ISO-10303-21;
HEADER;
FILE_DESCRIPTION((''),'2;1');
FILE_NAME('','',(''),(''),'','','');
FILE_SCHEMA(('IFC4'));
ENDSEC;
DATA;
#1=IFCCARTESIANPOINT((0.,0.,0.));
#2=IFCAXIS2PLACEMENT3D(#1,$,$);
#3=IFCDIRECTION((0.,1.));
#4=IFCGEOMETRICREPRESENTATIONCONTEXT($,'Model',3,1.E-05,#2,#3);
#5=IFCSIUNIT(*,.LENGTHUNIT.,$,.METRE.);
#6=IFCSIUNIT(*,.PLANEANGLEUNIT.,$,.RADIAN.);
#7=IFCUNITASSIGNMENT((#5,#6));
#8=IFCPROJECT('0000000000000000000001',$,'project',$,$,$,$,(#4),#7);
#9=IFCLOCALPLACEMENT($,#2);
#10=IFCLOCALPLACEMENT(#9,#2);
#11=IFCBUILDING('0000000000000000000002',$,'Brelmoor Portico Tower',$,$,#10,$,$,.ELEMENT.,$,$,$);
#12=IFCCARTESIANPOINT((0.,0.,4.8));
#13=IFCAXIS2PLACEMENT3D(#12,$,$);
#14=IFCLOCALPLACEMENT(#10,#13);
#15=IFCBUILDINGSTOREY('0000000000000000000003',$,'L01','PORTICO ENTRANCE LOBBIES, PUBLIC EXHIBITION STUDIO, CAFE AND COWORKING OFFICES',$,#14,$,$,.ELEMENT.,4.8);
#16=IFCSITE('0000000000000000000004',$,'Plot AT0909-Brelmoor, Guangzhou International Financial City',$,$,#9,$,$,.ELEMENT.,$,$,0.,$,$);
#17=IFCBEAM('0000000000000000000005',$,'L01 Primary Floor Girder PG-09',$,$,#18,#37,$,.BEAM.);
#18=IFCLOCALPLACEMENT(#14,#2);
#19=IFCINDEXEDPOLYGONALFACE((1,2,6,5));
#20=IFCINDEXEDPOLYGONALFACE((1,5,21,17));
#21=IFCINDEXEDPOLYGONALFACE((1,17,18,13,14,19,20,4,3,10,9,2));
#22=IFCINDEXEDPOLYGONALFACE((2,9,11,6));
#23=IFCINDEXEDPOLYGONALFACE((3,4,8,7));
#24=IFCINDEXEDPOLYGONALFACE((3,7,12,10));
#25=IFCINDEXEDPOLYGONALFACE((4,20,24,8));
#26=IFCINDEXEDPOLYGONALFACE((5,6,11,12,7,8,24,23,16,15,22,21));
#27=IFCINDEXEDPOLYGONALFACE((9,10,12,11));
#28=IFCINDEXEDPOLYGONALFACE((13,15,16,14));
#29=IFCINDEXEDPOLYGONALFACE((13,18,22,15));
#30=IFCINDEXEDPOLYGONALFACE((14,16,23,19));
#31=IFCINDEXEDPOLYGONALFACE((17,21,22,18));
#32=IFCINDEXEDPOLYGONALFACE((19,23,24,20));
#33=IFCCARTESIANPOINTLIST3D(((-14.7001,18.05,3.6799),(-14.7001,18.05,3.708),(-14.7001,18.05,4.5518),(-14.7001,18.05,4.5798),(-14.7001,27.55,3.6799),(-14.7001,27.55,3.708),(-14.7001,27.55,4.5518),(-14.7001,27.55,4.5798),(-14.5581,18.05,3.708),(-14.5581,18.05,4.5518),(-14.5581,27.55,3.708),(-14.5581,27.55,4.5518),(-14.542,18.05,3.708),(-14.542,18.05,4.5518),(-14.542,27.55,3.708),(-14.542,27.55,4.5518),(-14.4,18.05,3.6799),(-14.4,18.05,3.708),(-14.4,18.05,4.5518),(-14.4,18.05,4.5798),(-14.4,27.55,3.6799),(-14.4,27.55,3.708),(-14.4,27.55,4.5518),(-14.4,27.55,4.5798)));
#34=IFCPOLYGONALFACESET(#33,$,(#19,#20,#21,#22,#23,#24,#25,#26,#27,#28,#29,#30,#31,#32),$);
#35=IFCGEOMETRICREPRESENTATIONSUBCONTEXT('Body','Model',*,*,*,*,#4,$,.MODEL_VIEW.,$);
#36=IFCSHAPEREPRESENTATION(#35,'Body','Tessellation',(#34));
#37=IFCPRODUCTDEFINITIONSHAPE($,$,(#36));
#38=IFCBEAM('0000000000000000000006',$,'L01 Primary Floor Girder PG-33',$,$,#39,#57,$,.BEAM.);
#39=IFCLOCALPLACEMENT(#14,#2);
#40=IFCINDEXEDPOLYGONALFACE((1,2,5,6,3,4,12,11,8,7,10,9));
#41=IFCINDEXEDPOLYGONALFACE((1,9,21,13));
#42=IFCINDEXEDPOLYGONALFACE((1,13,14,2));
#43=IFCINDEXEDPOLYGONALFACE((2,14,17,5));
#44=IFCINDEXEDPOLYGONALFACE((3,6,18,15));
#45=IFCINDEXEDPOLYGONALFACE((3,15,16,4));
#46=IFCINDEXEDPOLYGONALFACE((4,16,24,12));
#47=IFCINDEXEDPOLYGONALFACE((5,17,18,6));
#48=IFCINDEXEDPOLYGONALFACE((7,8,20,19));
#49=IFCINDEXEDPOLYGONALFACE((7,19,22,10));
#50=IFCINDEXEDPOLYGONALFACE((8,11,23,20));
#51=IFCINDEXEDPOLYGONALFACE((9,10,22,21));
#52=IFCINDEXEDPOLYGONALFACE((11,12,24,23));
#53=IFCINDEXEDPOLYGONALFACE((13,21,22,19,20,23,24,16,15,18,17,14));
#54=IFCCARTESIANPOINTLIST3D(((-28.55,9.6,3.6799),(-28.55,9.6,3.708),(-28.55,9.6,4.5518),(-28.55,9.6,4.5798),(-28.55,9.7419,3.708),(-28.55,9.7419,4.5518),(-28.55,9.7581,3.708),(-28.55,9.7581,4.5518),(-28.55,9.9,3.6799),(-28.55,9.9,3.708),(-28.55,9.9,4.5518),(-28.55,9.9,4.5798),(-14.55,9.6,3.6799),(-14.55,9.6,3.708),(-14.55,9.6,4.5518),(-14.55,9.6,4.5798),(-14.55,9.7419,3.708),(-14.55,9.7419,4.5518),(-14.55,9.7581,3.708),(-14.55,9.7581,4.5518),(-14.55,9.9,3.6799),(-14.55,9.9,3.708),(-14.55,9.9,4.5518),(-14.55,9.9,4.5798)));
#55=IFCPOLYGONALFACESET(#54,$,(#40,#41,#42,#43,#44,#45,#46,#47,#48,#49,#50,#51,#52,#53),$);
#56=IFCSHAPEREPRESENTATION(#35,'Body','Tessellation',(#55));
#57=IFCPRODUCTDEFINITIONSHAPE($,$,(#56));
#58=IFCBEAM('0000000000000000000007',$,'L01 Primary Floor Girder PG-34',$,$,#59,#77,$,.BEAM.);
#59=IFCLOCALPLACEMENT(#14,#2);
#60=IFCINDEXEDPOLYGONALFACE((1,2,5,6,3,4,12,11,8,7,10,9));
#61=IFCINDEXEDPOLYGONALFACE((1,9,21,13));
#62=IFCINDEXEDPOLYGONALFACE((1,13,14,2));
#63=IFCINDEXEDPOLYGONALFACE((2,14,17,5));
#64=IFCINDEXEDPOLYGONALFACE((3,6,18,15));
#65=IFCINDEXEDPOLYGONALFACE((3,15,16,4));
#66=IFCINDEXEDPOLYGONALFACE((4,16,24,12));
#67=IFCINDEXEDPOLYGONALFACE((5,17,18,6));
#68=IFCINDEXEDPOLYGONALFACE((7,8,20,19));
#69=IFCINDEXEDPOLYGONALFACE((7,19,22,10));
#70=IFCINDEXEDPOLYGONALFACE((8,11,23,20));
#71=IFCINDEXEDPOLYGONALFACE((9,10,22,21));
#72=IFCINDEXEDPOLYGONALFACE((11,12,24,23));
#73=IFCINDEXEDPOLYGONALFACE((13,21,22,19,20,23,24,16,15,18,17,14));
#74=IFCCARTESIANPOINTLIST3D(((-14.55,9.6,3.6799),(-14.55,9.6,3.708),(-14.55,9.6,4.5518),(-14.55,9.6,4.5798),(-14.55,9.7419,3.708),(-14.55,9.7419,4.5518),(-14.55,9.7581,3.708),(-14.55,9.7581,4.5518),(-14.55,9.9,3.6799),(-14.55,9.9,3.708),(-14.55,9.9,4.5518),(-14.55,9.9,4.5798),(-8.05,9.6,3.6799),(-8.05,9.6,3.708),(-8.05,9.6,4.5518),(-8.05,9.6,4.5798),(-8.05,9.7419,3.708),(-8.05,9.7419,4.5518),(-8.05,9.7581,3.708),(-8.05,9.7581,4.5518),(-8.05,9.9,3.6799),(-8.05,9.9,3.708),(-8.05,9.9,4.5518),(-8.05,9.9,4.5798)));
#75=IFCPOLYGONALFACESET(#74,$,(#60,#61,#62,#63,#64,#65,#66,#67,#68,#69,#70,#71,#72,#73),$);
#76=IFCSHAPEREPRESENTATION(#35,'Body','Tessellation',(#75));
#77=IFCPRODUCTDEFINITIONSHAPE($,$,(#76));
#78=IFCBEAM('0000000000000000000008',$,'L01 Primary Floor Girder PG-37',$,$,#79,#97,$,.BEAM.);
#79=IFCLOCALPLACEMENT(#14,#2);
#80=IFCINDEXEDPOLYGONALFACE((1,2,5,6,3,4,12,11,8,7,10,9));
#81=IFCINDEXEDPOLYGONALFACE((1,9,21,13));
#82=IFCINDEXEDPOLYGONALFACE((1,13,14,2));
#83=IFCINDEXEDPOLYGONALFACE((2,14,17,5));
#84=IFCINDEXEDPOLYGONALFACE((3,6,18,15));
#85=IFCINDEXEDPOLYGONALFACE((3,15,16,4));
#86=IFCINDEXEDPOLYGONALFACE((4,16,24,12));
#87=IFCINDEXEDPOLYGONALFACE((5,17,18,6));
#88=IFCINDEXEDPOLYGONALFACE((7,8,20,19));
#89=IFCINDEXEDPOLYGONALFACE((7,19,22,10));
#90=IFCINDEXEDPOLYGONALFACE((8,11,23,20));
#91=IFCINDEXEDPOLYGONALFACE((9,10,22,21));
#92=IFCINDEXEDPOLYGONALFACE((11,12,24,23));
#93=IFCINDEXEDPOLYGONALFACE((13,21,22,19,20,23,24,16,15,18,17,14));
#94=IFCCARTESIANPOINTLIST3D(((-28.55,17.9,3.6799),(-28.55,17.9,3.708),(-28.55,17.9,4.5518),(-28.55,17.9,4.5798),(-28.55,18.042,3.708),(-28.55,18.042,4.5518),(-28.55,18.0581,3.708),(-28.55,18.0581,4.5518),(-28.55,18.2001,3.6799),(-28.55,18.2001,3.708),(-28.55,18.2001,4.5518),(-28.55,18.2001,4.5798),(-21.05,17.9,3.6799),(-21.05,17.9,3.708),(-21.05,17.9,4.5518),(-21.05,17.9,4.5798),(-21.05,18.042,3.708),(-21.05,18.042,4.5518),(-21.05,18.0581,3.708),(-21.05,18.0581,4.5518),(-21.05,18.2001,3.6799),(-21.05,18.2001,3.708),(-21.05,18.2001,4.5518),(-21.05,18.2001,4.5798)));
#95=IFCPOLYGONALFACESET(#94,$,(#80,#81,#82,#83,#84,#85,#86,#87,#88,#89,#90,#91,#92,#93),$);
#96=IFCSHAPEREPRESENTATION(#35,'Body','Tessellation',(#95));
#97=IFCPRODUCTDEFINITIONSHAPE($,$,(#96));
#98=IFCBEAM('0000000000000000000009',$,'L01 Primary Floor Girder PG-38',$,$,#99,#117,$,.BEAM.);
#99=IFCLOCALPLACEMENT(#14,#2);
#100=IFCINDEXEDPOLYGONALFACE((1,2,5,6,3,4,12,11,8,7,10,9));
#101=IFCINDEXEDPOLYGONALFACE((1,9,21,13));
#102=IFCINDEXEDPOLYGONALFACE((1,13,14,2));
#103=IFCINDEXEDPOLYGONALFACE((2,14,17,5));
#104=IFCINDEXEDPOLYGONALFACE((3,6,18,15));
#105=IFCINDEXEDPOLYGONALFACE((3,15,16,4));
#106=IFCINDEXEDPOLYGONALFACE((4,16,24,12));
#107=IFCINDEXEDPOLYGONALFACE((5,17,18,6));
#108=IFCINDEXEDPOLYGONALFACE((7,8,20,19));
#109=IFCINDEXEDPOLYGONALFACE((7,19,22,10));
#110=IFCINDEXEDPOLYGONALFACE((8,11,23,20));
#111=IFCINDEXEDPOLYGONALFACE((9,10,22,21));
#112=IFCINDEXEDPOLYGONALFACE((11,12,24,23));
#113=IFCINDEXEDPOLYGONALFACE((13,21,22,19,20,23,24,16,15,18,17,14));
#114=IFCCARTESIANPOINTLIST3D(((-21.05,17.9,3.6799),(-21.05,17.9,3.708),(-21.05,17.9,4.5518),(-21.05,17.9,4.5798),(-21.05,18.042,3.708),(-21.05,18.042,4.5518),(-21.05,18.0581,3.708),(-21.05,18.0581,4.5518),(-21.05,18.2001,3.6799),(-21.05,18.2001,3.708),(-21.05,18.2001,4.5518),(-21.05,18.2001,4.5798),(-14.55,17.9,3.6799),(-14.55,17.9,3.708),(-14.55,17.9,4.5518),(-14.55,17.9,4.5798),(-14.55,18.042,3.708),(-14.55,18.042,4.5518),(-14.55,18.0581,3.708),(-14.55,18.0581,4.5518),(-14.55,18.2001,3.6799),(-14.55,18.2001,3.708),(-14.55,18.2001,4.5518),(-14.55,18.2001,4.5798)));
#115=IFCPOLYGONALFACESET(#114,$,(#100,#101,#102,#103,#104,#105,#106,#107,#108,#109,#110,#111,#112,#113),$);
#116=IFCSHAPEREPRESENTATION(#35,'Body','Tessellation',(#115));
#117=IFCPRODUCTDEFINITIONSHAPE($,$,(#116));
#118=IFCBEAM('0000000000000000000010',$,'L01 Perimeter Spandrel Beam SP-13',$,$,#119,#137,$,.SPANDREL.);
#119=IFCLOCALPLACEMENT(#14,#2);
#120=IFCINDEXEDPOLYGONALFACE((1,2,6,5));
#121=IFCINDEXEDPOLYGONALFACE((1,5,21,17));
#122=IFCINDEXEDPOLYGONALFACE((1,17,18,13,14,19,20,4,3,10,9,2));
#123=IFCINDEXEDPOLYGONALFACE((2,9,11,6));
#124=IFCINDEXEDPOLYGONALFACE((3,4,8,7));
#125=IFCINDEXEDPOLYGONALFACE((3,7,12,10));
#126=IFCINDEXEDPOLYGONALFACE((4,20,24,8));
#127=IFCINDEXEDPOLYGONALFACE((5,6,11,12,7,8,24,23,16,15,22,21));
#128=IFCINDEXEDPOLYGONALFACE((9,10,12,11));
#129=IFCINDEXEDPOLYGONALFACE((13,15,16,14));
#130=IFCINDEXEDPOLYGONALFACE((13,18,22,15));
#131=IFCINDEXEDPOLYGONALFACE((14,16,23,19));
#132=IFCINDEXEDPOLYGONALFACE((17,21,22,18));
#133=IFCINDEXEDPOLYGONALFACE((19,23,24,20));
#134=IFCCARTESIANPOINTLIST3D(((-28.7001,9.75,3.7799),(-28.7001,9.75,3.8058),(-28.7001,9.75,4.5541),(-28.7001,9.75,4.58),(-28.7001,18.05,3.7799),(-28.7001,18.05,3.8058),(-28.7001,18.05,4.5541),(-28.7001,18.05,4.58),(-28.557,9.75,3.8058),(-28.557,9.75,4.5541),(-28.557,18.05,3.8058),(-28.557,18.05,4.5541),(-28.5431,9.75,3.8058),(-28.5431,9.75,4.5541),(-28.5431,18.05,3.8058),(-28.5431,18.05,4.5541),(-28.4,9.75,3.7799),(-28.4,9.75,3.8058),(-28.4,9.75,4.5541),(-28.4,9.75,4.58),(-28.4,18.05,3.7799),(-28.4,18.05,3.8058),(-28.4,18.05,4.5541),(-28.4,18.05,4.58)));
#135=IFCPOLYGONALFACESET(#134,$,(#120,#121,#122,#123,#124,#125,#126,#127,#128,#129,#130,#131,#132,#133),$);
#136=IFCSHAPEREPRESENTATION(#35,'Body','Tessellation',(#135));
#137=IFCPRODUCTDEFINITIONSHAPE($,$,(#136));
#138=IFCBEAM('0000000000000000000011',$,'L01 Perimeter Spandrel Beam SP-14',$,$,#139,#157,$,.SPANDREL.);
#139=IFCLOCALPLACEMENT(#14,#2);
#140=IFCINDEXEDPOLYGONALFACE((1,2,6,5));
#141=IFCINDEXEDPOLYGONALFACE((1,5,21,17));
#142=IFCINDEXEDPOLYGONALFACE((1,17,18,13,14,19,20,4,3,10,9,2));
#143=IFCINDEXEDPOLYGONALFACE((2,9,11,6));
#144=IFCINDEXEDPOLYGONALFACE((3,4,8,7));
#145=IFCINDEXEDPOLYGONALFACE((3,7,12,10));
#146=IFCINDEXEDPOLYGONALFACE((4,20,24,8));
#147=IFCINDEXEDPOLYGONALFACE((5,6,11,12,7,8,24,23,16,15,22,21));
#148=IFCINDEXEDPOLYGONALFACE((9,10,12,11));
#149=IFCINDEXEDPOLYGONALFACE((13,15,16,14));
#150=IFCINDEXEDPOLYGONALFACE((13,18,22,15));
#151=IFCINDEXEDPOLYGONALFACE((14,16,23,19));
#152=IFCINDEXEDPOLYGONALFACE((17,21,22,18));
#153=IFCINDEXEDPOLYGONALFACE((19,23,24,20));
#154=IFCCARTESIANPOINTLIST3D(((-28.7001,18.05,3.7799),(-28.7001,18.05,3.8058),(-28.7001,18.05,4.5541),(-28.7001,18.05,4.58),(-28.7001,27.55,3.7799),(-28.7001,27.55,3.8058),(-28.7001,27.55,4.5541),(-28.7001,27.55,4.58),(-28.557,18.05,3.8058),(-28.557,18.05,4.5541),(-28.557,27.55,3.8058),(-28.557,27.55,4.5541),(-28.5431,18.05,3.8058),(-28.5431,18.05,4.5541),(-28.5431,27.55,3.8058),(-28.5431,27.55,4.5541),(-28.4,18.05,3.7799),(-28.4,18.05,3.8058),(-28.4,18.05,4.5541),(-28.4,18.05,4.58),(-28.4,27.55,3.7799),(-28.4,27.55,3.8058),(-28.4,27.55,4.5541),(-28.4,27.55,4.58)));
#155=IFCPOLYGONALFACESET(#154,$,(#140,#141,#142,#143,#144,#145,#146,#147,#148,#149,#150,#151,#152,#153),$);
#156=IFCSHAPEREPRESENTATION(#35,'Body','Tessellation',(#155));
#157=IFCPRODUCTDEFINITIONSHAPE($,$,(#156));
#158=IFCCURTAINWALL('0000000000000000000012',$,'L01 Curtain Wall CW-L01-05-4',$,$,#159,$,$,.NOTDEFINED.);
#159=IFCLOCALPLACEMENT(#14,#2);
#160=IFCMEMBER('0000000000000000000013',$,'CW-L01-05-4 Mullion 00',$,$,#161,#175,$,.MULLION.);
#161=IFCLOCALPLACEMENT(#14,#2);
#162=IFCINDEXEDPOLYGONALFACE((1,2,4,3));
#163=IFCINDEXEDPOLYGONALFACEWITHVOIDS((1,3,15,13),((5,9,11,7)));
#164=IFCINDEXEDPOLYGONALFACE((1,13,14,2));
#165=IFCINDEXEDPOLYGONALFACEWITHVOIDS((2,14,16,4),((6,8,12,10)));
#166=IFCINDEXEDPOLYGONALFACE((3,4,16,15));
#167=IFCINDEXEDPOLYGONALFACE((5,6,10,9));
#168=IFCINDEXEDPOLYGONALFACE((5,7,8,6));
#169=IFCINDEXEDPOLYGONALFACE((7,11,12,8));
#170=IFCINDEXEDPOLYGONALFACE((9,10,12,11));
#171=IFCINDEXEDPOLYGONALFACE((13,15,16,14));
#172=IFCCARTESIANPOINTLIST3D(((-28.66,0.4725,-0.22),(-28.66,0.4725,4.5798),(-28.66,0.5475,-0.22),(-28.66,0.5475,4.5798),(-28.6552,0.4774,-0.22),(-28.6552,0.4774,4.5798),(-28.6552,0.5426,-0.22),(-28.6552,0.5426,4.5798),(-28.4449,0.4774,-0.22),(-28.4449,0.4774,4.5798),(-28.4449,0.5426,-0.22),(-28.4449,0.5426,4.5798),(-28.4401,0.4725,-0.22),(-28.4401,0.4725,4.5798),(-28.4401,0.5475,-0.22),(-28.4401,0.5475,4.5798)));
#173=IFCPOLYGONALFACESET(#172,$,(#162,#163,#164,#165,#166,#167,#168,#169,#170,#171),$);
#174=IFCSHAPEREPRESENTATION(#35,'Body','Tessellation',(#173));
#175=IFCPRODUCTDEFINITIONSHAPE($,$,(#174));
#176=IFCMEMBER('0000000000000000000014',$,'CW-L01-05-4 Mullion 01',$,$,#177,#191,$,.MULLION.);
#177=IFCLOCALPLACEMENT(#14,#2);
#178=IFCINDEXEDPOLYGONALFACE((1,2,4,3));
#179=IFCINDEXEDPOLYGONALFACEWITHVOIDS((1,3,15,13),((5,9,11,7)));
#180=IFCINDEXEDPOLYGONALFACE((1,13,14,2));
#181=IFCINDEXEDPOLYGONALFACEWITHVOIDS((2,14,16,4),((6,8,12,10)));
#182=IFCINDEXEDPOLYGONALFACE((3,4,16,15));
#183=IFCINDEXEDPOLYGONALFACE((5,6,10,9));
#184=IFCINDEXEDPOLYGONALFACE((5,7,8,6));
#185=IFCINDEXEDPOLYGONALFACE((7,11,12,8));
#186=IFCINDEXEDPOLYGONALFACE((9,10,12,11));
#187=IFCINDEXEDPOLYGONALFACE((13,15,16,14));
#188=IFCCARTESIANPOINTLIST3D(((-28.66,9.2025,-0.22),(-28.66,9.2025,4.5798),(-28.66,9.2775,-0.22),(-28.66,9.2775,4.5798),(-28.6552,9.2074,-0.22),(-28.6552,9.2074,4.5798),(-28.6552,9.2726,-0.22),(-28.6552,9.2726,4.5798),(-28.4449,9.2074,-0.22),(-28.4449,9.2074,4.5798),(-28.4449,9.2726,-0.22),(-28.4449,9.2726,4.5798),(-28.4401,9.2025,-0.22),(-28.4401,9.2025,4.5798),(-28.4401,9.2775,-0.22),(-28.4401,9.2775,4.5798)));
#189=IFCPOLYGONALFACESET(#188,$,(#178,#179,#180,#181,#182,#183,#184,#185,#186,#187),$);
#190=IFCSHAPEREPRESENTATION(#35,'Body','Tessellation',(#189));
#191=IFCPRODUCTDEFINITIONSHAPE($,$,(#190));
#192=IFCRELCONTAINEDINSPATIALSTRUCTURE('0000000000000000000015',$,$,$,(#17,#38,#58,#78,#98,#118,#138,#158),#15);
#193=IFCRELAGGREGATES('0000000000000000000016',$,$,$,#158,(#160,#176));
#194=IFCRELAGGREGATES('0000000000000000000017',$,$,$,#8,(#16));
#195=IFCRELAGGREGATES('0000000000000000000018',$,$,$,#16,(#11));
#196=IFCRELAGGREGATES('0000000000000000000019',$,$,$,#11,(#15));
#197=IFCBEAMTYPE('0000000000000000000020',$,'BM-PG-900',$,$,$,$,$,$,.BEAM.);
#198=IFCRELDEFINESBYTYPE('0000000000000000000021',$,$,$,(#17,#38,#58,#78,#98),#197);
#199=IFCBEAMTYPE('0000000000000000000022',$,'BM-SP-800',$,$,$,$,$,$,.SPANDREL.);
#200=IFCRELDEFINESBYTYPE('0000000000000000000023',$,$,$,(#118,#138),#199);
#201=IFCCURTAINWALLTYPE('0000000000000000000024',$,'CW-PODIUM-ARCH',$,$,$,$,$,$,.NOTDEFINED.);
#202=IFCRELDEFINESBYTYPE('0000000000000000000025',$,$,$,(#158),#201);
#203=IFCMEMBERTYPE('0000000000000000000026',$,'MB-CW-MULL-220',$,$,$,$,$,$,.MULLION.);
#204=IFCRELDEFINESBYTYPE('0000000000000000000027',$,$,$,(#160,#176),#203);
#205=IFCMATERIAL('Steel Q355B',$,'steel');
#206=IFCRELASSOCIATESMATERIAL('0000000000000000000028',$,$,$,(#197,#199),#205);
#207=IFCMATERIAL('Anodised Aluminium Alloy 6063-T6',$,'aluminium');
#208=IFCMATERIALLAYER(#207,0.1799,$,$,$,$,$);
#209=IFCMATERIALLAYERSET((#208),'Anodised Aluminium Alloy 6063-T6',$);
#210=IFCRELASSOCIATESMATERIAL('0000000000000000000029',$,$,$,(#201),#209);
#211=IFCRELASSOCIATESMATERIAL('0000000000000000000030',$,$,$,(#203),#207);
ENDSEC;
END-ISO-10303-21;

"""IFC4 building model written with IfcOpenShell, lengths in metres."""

from ifc_helpers import new_model, si_unit, direction, frame, origin, origin_2d, place, context, subcontext, project, spatial, hollow_rectangle, i_section, extrude, material, layer, layer_set, material_profile, profile_set, type_object, element, aggregate, save


model = new_model("IFC4")

# Units and contexts
model_context = context("Model", 3, precision=1e-05, world=origin(), true_north=direction((0.0, 1.0)))
body_context = subcontext(model_context, "Body", "Model", "MODEL_VIEW")
ifc_project = project(units=[si_unit("LENGTHUNIT", "METRE"), si_unit("PLANEANGLEUNIT", "RADIAN")], contexts=[model_context])

# Site, building, storey
site_placement = place(None, origin())
site = spatial("IfcSite", under=ifc_project, at=site_placement, Name="Plot AT0909-Brelmoor, Guangzhou International Financial City", CompositionType="ELEMENT", RefElevation=0.0)
building_placement = place(site_placement, origin())
building = spatial("IfcBuilding", under=site, at=building_placement, Name="Brelmoor Portico Tower", CompositionType="ELEMENT")
storey_placement = place(building_placement, frame((0.0, 0.0, 4.8)))
storey = spatial("IfcBuildingStorey", under=building, at=storey_placement, Name="L01", Description="PORTICO ENTRANCE LOBBIES, PUBLIC EXHIBITION STUDIO, CAFE AND COWORKING OFFICES", CompositionType="ELEMENT", Elevation=4.8)

# Shared definitions
ifc_material_1 = material(Name="Steel Q355B", Category="steel")

# Beams
ifc_material_profile_1 = material_profile(ifc_material_1, i_section(OverallWidth=0.3, OverallDepth=0.8999, WebThickness=0.0161, FlangeThickness=0.0281, at=origin_2d()), Name="HN 900x300x16x28")
ifc_profile_set_1 = profile_set([ifc_material_profile_1], Name="Steel Q355B")
beam_type_1 = type_object("IfcBeamType", Name="BM-PG-900", PredefinedType="BEAM", material=ifc_profile_set_1)
beam_1_placement = place(storey_placement, frame((-14.55, 18.05, 4.1299), z_axis=(0.0, 1.0, 0.0), x_axis=(-1.0, 0.0, 0.0)))
element("IfcBeam", 1, at=beam_1_placement, inside=storey, type_object=beam_type_1, Name="L01 Primary Floor Girder PG-09", PredefinedType="BEAM", context=body_context, shape_type="SweptSolid", body=[
    extrude(i_section(OverallWidth=0.3, OverallDepth=0.8999, WebThickness=0.0161, FlangeThickness=0.0281, at=origin_2d()), origin(), (0.0, 0.0, 1.0), 9.5),
])
beam_2_placement = place(storey_placement, frame((-28.55, 9.75, 4.1299), z_axis=(1.0, 0.0, 0.0), x_axis=(0.0, 1.0, 0.0)))
element("IfcBeam", 2, at=beam_2_placement, inside=storey, type_object=beam_type_1, Name="L01 Primary Floor Girder PG-33", PredefinedType="BEAM", context=body_context, shape_type="SweptSolid", body=[
    extrude(i_section(OverallWidth=0.3, OverallDepth=0.8999, WebThickness=0.0161, FlangeThickness=0.0281, at=origin_2d()), origin(), (0.0, 0.0, 1.0), 14.0),
])
beam_3_placement = place(storey_placement, frame((-14.55, 9.75, 4.1299), z_axis=(1.0, 0.0, 0.0), x_axis=(0.0, 1.0, 0.0)))
element("IfcBeam", 3, at=beam_3_placement, inside=storey, type_object=beam_type_1, Name="L01 Primary Floor Girder PG-34", PredefinedType="BEAM", context=body_context, shape_type="SweptSolid", body=[
    extrude(i_section(OverallWidth=0.3, OverallDepth=0.8999, WebThickness=0.0161, FlangeThickness=0.0281, at=origin_2d()), origin(), (0.0, 0.0, 1.0), 6.5),
])
beam_4_placement = place(storey_placement, frame((-28.55, 18.05, 4.1299), z_axis=(1.0, 0.0, 0.0), x_axis=(0.0, 1.0, 0.0)))
element("IfcBeam", 4, at=beam_4_placement, inside=storey, type_object=beam_type_1, Name="L01 Primary Floor Girder PG-37", PredefinedType="BEAM", context=body_context, shape_type="SweptSolid", body=[
    extrude(i_section(OverallWidth=0.3, OverallDepth=0.8999, WebThickness=0.0161, FlangeThickness=0.0281, at=origin_2d()), origin(), (0.0, 0.0, 1.0), 7.5),
])
beam_5_placement = place(storey_placement, frame((-21.05, 18.05, 4.1299), z_axis=(1.0, 0.0, 0.0), x_axis=(0.0, 1.0, 0.0)))
element("IfcBeam", 5, at=beam_5_placement, inside=storey, type_object=beam_type_1, Name="L01 Primary Floor Girder PG-38", PredefinedType="BEAM", context=body_context, shape_type="SweptSolid", body=[
    extrude(i_section(OverallWidth=0.3, OverallDepth=0.8999, WebThickness=0.0161, FlangeThickness=0.0281, at=origin_2d()), origin(), (0.0, 0.0, 1.0), 6.5),
])
ifc_material_profile_2 = material_profile(ifc_material_1, i_section(OverallWidth=0.3, OverallDepth=0.8, WebThickness=0.0139, FlangeThickness=0.0259, at=origin_2d()), Name="HN 800x300x14x26")
ifc_profile_set_2 = profile_set([ifc_material_profile_2], Name="Steel Q355B")
beam_type_2 = type_object("IfcBeamType", Name="BM-SP-800", PredefinedType="SPANDREL", material=ifc_profile_set_2)
beam_6_placement = place(storey_placement, frame((-28.55, 9.75, 4.1799), z_axis=(0.0, 1.0, 0.0), x_axis=(-1.0, 0.0, 0.0)))
element("IfcBeam", 6, at=beam_6_placement, inside=storey, type_object=beam_type_2, Name="L01 Perimeter Spandrel Beam SP-13", PredefinedType="SPANDREL", context=body_context, shape_type="SweptSolid", body=[
    extrude(i_section(OverallWidth=0.3, OverallDepth=0.8, WebThickness=0.0139, FlangeThickness=0.0259, at=origin_2d()), origin(), (0.0, 0.0, 1.0), 8.3),
])
beam_7_placement = place(storey_placement, frame((-28.55, 18.05, 4.1799), z_axis=(0.0, 1.0, 0.0), x_axis=(-1.0, 0.0, 0.0)))
element("IfcBeam", 7, at=beam_7_placement, inside=storey, type_object=beam_type_2, Name="L01 Perimeter Spandrel Beam SP-14", PredefinedType="SPANDREL", context=body_context, shape_type="SweptSolid", body=[
    extrude(i_section(OverallWidth=0.3, OverallDepth=0.8, WebThickness=0.0139, FlangeThickness=0.0259, at=origin_2d()), origin(), (0.0, 0.0, 1.0), 9.5),
])

# Curtain wall, members
ifc_material_2 = material(Name="Anodised Aluminium Alloy 6063-T6", Category="aluminium")
ifc_layer_1 = layer(ifc_material_2, 0.1799)
ifc_layer_set_1 = layer_set([ifc_layer_1], Name="Anodised Aluminium Alloy 6063-T6")
curtain_wall_type = type_object("IfcCurtainWallType", Name="CW-PODIUM-ARCH", PredefinedType="NOTDEFINED", material=ifc_layer_set_1)
curtain_wall_1_placement = place(storey_placement, origin())
curtain_wall_1 = element("IfcCurtainWall", 8, at=curtain_wall_1_placement, inside=storey, type_object=curtain_wall_type, Name="L01 Curtain Wall CW-L01-05-4", PredefinedType="NOTDEFINED")
ifc_material_profile_3 = material_profile(ifc_material_2, hollow_rectangle(XDim=0.075, YDim=0.22, WallThickness=0.0049, at=origin_2d()), Name="ALU MULLION 75x220")
ifc_profile_set_3 = profile_set([ifc_material_profile_3], Name="Anodised Aluminium Alloy 6063-T6")
member_type_1 = type_object("IfcMemberType", Name="MB-CW-MULL-220", PredefinedType="MULLION", material=ifc_profile_set_3)
member_1_placement = place(storey_placement, frame((-28.55, 0.51, -0.22), z_axis=(0.0, 0.0, 1.0), x_axis=(0.0, 1.0, 0.0)))
member_1 = element("IfcMember", 9, at=member_1_placement, type_object=member_type_1, Name="CW-L01-05-4 Mullion 00", PredefinedType="MULLION", context=body_context, shape_type="SweptSolid", body=[
    extrude(hollow_rectangle(XDim=0.075, YDim=0.22, WallThickness=0.0049, at=origin_2d()), origin(), (0.0, 0.0, 1.0), 4.7998),
])
member_2_placement = place(storey_placement, frame((-28.55, 9.24, -0.22), z_axis=(0.0, 0.0, 1.0), x_axis=(0.0, 1.0, 0.0)))
member_2 = element("IfcMember", 10, at=member_2_placement, type_object=member_type_1, Name="CW-L01-05-4 Mullion 01", PredefinedType="MULLION", context=body_context, shape_type="SweptSolid", body=[
    extrude(hollow_rectangle(XDim=0.075, YDim=0.22, WallThickness=0.0049, at=origin_2d()), origin(), (0.0, 0.0, 1.0), 4.7998),
])

aggregate(curtain_wall_1, [member_1, member_2])

save(model, "model.ifc")
